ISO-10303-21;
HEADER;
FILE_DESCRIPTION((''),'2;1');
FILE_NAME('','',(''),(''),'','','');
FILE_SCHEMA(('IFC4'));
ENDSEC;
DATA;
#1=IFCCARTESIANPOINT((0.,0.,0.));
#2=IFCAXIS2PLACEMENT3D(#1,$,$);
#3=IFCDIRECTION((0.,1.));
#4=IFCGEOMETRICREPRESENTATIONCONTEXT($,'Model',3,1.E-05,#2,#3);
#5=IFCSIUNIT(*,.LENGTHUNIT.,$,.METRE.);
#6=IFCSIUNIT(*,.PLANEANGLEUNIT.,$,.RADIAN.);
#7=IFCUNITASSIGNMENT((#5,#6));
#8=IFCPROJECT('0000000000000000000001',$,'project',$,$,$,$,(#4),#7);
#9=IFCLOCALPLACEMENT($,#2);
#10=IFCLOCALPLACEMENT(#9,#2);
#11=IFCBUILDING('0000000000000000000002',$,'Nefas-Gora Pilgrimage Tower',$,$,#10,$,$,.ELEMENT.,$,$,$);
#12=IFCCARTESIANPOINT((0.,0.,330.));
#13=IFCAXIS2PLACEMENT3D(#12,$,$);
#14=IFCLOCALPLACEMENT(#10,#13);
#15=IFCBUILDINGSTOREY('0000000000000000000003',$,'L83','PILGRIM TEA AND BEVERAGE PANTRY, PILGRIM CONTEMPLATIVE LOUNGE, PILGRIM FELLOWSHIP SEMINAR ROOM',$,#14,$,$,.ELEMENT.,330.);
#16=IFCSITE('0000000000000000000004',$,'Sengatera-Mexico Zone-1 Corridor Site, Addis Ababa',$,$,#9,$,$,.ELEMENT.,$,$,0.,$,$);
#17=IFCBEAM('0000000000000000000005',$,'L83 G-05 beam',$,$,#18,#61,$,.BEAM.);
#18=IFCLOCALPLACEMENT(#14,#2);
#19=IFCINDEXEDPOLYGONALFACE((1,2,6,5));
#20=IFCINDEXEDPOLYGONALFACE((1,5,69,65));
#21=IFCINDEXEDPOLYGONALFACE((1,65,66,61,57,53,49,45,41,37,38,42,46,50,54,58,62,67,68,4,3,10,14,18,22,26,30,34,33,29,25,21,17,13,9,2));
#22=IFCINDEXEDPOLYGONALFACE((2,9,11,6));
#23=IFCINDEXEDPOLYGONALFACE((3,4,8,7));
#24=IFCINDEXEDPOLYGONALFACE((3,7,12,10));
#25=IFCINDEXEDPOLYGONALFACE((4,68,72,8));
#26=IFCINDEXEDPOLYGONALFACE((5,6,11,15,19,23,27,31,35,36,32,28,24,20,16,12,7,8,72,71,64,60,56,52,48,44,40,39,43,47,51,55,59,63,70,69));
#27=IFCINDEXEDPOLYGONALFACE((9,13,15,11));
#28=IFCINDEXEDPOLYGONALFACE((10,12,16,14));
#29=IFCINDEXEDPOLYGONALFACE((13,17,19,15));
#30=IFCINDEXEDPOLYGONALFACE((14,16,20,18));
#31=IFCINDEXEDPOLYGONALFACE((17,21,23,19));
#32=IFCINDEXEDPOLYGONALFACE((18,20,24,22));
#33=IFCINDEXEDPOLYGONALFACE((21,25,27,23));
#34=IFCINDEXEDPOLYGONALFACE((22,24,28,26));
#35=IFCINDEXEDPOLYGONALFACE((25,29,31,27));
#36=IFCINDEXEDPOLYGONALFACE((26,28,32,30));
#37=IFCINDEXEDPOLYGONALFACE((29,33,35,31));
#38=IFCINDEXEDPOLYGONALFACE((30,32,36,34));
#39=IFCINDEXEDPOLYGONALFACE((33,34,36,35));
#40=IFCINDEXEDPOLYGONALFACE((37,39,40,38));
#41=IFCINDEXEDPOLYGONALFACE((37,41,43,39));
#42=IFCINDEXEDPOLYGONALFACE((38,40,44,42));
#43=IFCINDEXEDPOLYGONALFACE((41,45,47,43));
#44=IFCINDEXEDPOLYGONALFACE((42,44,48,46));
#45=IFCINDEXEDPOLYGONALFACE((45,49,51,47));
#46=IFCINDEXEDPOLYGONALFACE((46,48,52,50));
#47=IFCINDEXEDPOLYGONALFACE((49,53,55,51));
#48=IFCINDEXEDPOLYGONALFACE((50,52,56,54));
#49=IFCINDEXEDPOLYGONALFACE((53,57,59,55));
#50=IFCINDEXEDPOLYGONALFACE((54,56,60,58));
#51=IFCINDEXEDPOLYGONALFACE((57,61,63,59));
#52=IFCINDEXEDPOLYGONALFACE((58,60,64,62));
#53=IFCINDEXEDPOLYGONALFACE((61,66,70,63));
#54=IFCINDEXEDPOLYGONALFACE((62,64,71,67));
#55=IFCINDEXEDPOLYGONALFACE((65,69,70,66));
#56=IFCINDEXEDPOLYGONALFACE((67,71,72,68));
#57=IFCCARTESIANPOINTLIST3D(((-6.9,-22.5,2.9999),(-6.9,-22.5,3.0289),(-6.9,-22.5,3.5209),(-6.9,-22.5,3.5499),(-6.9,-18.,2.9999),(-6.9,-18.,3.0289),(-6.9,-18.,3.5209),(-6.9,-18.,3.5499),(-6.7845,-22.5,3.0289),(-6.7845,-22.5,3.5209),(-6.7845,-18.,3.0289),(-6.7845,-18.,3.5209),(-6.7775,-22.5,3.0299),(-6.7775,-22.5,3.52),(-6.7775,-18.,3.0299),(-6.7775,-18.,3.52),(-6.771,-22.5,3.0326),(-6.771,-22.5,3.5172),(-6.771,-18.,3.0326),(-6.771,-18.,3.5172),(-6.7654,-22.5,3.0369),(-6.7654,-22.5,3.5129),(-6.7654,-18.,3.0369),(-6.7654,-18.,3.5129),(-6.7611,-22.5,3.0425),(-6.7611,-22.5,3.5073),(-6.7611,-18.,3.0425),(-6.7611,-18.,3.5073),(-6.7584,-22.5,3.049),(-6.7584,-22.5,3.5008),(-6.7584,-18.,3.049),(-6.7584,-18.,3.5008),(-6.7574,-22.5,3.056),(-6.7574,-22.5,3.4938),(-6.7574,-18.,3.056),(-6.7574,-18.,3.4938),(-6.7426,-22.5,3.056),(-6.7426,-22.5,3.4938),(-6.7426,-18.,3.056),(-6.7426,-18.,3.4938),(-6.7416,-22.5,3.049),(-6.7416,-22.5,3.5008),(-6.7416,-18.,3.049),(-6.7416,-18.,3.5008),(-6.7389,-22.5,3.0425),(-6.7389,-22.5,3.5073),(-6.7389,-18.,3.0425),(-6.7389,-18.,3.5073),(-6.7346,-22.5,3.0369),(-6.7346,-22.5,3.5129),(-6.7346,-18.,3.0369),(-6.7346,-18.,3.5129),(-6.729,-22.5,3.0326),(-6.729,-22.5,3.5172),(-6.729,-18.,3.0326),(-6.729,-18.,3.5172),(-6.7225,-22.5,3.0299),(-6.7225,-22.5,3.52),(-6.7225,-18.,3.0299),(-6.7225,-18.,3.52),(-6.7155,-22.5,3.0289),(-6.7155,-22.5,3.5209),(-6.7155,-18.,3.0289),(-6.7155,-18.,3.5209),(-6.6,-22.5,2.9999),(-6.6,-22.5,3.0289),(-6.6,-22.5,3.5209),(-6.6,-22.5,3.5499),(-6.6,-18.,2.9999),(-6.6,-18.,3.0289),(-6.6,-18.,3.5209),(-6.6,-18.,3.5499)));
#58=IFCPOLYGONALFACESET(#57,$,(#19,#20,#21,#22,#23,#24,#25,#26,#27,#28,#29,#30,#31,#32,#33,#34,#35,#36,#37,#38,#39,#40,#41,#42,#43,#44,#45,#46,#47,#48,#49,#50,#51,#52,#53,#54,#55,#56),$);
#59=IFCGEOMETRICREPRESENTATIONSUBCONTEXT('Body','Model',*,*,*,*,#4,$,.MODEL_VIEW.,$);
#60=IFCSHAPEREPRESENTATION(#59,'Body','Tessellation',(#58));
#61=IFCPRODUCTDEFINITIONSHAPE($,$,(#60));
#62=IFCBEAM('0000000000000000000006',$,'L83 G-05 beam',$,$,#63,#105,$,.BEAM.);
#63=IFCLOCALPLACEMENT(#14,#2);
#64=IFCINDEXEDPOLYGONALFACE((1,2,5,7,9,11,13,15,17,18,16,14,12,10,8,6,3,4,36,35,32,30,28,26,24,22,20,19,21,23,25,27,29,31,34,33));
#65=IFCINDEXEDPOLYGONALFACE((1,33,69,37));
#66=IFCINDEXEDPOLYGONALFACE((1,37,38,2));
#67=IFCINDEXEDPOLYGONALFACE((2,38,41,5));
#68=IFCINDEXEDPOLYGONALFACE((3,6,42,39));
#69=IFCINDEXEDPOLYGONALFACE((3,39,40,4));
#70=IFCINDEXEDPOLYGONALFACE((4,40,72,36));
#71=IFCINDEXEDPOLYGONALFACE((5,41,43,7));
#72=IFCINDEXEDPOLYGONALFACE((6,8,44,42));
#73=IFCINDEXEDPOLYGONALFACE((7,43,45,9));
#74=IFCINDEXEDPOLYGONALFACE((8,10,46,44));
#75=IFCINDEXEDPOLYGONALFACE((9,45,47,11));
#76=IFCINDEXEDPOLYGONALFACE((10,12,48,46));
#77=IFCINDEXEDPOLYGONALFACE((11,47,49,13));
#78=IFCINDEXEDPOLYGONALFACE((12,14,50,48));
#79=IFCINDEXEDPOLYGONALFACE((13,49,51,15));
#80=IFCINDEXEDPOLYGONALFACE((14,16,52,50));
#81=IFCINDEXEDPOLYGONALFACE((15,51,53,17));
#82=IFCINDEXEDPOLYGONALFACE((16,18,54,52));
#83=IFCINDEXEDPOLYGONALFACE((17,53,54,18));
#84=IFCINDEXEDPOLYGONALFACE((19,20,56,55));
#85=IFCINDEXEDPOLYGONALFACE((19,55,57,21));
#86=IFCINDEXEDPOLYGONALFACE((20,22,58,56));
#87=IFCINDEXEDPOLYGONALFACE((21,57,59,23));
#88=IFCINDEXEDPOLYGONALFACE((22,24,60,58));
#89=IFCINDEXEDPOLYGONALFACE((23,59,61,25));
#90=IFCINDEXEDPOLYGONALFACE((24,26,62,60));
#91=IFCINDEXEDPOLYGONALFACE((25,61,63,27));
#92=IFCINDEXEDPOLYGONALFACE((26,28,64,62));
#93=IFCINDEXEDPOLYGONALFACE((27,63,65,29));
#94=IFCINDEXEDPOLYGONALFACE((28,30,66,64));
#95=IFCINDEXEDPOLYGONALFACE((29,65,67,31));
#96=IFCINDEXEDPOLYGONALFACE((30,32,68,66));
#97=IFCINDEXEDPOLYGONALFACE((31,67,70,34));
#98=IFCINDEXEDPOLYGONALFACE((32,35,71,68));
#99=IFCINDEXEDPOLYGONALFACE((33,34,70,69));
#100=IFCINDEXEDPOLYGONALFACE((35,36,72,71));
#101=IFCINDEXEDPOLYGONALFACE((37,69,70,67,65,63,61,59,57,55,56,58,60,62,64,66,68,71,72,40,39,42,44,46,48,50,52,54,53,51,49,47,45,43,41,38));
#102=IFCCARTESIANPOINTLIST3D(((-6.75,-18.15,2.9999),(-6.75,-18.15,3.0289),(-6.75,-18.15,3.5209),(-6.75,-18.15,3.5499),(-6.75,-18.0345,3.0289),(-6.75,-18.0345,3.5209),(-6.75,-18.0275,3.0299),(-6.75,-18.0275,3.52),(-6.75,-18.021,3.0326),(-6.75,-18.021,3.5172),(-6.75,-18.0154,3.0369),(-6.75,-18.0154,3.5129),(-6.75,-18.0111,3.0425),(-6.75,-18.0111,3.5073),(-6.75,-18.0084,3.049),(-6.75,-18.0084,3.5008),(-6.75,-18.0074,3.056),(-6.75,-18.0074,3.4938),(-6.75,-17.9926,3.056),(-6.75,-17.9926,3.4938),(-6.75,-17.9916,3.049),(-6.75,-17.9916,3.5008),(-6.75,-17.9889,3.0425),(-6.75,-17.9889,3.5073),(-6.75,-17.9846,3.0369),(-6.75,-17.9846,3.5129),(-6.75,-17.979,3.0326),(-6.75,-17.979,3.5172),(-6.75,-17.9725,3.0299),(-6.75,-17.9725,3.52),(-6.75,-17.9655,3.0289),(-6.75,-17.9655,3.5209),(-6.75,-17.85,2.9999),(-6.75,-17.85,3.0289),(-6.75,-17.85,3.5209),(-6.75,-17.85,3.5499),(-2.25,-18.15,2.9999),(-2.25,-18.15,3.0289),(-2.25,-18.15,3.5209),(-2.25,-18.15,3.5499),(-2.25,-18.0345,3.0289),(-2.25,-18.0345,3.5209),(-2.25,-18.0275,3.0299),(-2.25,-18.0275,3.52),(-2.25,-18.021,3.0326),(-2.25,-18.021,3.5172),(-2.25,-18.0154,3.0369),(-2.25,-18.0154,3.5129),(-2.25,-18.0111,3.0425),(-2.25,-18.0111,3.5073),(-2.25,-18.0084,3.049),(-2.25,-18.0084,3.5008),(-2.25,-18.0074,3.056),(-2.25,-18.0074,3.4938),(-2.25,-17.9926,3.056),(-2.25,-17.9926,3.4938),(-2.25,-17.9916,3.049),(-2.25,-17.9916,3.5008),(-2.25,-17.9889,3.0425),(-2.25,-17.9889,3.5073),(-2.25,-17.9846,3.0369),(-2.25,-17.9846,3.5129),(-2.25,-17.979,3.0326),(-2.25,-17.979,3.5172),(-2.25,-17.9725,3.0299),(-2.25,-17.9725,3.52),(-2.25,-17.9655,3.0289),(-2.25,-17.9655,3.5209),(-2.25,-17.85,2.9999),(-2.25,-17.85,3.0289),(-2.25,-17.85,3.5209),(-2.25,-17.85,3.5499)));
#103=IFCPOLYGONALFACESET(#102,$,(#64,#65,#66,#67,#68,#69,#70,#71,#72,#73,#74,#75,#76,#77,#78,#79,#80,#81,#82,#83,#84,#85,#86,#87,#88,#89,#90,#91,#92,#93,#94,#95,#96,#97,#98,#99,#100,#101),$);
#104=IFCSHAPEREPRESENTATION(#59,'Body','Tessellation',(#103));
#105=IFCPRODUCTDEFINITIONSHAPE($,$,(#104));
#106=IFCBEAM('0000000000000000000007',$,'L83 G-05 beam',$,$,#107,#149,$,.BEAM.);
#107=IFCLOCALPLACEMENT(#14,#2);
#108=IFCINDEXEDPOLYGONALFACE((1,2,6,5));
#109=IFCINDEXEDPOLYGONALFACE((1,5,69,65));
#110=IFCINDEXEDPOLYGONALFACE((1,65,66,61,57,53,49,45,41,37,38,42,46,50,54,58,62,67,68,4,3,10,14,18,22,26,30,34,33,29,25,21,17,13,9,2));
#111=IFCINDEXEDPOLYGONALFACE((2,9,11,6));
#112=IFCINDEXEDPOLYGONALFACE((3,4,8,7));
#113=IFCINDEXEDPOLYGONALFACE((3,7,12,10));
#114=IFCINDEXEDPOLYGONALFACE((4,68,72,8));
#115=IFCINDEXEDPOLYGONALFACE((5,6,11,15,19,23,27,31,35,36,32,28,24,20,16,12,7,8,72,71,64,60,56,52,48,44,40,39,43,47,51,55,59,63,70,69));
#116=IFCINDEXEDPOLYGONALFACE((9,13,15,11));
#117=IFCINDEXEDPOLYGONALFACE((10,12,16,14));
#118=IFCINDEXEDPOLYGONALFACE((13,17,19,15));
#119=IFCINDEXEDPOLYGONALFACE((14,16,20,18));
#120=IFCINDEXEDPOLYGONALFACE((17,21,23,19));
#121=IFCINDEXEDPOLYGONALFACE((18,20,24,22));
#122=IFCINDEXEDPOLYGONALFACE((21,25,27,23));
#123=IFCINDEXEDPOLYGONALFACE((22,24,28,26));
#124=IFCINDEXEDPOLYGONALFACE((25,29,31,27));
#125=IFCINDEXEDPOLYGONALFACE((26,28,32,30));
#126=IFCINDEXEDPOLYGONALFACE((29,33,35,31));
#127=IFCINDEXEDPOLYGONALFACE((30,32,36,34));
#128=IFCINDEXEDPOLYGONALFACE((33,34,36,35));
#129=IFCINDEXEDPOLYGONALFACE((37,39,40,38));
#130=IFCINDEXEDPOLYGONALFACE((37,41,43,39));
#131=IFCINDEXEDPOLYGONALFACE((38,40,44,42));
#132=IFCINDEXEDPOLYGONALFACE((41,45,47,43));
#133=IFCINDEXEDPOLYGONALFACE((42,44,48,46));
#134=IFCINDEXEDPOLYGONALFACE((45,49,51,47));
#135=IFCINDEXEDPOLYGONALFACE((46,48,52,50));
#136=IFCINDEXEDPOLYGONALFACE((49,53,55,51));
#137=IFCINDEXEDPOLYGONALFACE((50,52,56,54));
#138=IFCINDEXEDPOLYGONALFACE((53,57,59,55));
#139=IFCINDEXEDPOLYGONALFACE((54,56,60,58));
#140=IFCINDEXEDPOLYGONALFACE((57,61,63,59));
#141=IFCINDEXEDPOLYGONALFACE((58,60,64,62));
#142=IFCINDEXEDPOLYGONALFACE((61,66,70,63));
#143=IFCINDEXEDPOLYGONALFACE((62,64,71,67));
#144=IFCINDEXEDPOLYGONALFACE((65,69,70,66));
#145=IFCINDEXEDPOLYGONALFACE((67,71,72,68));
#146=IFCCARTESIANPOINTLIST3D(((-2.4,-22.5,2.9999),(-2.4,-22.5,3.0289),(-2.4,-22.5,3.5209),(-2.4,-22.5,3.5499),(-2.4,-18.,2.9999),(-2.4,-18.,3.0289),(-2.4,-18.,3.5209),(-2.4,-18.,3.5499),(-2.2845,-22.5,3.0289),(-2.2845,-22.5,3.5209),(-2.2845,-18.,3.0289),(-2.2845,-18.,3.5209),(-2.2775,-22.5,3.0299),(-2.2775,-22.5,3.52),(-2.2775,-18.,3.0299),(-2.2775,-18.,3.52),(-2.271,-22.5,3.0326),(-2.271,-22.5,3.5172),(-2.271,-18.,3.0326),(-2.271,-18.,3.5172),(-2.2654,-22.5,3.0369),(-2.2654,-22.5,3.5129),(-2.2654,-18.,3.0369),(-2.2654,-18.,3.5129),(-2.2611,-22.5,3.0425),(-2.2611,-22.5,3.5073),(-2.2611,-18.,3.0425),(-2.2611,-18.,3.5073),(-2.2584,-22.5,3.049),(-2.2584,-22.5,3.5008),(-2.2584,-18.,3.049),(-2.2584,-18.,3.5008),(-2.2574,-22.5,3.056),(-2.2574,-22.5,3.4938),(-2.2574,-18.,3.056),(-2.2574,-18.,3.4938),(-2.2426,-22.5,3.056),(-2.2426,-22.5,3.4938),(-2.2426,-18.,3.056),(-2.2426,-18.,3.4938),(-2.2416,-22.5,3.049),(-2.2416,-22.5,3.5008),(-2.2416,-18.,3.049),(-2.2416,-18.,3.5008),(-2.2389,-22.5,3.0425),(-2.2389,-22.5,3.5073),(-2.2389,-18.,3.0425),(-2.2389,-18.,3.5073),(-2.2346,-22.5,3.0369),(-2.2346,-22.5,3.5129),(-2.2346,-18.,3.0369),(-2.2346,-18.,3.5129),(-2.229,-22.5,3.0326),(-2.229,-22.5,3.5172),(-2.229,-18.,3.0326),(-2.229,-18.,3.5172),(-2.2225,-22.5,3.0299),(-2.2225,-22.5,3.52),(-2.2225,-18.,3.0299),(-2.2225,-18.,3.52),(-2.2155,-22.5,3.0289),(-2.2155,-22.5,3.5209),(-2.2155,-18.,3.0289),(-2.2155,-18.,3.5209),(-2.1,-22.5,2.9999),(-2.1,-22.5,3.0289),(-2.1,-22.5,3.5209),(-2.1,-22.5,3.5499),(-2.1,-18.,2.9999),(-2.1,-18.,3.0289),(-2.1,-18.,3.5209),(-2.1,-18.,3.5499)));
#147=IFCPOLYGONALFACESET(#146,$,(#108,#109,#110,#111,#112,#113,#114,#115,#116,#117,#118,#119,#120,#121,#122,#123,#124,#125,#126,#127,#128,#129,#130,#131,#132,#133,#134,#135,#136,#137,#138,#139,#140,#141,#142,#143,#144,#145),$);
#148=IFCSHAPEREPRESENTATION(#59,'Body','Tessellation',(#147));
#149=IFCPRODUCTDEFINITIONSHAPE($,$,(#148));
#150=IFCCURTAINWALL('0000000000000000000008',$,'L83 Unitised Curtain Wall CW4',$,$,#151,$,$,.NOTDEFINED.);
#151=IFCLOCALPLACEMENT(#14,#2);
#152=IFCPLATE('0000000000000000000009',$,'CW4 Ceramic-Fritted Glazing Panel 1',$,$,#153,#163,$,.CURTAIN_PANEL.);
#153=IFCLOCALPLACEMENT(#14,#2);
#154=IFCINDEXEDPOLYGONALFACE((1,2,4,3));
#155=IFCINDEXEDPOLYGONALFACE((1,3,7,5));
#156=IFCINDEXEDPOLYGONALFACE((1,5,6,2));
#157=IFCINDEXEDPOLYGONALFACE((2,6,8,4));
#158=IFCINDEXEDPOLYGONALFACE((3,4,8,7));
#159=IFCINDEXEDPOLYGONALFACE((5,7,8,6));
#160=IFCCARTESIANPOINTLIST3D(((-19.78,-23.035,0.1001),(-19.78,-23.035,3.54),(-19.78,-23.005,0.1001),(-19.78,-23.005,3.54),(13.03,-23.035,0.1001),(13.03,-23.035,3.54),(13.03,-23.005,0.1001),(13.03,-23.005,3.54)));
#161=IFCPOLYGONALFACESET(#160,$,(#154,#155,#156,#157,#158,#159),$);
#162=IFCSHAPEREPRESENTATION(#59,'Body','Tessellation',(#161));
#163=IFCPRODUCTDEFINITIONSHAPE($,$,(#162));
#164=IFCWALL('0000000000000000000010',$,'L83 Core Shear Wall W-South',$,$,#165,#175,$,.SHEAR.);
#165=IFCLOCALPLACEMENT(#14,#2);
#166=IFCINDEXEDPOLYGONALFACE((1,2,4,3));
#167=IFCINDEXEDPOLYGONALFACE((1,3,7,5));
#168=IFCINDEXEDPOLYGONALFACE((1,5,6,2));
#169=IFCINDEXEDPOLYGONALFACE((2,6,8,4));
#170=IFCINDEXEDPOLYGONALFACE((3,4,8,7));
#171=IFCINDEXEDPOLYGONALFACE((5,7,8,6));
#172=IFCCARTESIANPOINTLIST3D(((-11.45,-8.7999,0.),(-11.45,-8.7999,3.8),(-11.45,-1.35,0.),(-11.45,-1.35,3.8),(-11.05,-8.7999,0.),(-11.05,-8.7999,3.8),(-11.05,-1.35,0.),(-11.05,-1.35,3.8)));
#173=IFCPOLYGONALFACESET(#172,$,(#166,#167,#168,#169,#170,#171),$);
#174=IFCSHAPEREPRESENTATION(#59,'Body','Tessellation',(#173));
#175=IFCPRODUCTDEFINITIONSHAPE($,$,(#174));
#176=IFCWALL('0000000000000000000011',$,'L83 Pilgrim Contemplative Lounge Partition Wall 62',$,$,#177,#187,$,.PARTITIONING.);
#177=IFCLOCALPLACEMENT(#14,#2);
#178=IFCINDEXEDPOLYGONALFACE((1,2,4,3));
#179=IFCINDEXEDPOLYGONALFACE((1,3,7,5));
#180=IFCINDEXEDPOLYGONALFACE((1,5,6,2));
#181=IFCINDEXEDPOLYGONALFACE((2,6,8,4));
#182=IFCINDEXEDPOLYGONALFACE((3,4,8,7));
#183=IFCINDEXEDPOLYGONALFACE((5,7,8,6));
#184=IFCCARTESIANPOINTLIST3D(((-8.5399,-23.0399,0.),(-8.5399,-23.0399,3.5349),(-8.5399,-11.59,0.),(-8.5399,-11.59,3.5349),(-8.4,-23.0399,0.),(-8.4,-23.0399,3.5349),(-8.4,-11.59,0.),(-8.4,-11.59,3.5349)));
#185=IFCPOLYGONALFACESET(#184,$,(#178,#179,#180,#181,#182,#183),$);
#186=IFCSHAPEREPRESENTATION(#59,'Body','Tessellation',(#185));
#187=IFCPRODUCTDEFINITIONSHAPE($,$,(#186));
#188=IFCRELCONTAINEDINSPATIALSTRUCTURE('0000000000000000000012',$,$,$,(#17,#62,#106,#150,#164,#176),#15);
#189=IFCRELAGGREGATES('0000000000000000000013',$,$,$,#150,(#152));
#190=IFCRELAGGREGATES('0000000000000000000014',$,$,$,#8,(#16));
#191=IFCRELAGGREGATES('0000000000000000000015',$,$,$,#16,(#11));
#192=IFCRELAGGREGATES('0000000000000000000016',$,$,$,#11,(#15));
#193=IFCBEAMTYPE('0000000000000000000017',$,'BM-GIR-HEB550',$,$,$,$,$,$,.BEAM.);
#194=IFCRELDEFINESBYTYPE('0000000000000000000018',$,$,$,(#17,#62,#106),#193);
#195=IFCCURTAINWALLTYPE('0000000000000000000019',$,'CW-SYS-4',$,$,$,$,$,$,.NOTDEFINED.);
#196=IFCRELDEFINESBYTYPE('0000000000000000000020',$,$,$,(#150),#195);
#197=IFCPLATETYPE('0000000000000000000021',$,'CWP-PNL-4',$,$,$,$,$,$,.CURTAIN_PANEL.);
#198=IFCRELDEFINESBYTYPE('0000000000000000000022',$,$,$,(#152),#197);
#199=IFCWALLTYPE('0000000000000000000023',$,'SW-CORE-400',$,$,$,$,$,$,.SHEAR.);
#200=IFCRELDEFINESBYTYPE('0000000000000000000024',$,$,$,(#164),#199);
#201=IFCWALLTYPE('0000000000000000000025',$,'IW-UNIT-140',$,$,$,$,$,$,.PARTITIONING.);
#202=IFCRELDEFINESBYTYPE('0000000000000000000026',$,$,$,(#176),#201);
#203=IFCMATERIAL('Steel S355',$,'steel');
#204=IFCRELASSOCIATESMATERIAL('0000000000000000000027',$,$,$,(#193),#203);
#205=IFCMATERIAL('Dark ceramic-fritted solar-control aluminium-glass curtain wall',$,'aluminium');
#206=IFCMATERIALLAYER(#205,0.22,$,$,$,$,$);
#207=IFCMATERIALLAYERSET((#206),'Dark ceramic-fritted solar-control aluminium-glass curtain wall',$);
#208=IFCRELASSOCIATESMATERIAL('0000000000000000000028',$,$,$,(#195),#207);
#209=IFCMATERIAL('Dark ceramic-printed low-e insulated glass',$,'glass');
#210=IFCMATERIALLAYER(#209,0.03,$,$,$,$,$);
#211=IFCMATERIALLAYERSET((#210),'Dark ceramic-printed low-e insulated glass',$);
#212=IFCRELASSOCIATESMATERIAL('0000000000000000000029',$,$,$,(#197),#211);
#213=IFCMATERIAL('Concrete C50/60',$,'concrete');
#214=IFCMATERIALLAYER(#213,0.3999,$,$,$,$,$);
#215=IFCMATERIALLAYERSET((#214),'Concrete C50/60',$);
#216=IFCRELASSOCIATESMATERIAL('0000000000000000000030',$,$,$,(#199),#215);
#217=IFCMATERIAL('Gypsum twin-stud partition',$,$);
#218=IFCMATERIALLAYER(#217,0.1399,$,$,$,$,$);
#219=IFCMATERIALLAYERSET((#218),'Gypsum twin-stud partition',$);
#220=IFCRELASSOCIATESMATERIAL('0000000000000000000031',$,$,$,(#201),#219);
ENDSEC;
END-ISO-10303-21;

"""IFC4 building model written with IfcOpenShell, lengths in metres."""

from ifc_helpers import new_model, si_unit, direction, frame, frame_2d, origin, origin_2d, place, context, subcontext, project, spatial, rectangle, i_section, extrude, source, transform, mapped, material, layer, layer_set, material_profile, profile_set, type_object, element, aggregate, save


model = new_model("IFC4")

# Units and contexts
model_context = context("Model", 3, precision=1e-05, world=origin(), true_north=direction((0.0, 1.0)))
body_context = subcontext(model_context, "Body", "Model", "MODEL_VIEW")
ifc_project = project(units=[si_unit("LENGTHUNIT", "METRE"), si_unit("PLANEANGLEUNIT", "RADIAN")], contexts=[model_context])

# Site, building, storey
site_placement = place(None, origin())
site = spatial("IfcSite", under=ifc_project, at=site_placement, Name="Sengatera-Mexico Zone-1 Corridor Site, Addis Ababa", CompositionType="ELEMENT", RefElevation=0.0)
building_placement = place(site_placement, origin())
building = spatial("IfcBuilding", under=site, at=building_placement, Name="Nefas-Gora Pilgrimage Tower", CompositionType="ELEMENT")
storey_placement = place(building_placement, frame((0.0, 0.0, 330.0)))
storey = spatial("IfcBuildingStorey", under=building, at=storey_placement, Name="L83", Description="PILGRIM TEA AND BEVERAGE PANTRY, PILGRIM CONTEMPLATIVE LOUNGE, PILGRIM FELLOWSHIP SEMINAR ROOM", CompositionType="ELEMENT", Elevation=330.0)

# Shared definitions
ifc_material_1 = material(Name="Steel S355", Category="steel")
ifc_material_2 = material(Name="Concrete C50/60", Category="concrete")

# Beams
ifc_material_profile_1 = material_profile(ifc_material_1, i_section(OverallWidth=0.3, OverallDepth=0.55, WebThickness=0.0149, FlangeThickness=0.0291, FilletRadius=0.0271, at=origin_2d()), Name="HEB 550")
ifc_profile_set_1 = profile_set([ifc_material_profile_1], Name="Steel S355")
beam_type_1 = type_object("IfcBeamType", Name="BM-GIR-HEB550", PredefinedType="BEAM", material=ifc_profile_set_1)
shared_shape_1 = source(origin(), body_context, "Body", "SweptSolid", [
    extrude(i_section(OverallWidth=0.3, OverallDepth=0.55, WebThickness=0.0149, FlangeThickness=0.0291, FilletRadius=0.0271, at=origin_2d()), origin(), (0.0, 0.0, 1.0), 4.5),
])
for number, where, z_axis, x_axis, name in (
    (1, (-6.75, -22.5, 3.2749), (0.0, 1.0, 0.0), (-1.0, 0.0, 0.0), "L83 G-05 beam"),
    (2, (-6.75, -18.0, 3.2749), (1.0, 0.0, 0.0), (0.0, 1.0, 0.0), "L83 G-05 beam"),
    (3, (-2.25, -22.5, 3.2749), (0.0, 1.0, 0.0), (-1.0, 0.0, 0.0), "L83 G-05 beam"),
):
    element("IfcBeam", number, at=place(storey_placement, frame(where, z_axis=z_axis, x_axis=x_axis)), inside=storey, type_object=beam_type_1, Name=name, PredefinedType="BEAM", context=body_context, shape_type="MappedRepresentation", body=[
        mapped(shared_shape_1, transform((0.0, 0.0, 0.0), x_axis=(1.0, 0.0, 0.0), y_axis=(0.0, 1.0, 0.0), z_axis=(0.0, 0.0, 1.0), scale=1.0)),
    ])

# Curtain wall, plate
ifc_material_3 = material(Name="Dark ceramic-fritted solar-control aluminium-glass curtain wall", Category="aluminium")
ifc_layer_1 = layer(ifc_material_3, 0.22)
ifc_layer_set_1 = layer_set([ifc_layer_1], Name="Dark ceramic-fritted solar-control aluminium-glass curtain wall")
curtain_wall_type = type_object("IfcCurtainWallType", Name="CW-SYS-4", PredefinedType="NOTDEFINED", material=ifc_layer_set_1)
curtain_wall_placement = place(storey_placement, origin())
curtain_wall = element("IfcCurtainWall", 4, at=curtain_wall_placement, inside=storey, type_object=curtain_wall_type, Name="L83 Unitised Curtain Wall CW4", PredefinedType="NOTDEFINED")
ifc_material_4 = material(Name="Dark ceramic-printed low-e insulated glass", Category="glass")
ifc_layer_2 = layer(ifc_material_4, 0.03)
ifc_layer_set_2 = layer_set([ifc_layer_2], Name="Dark ceramic-printed low-e insulated glass")
plate_type = type_object("IfcPlateType", Name="CWP-PNL-4", PredefinedType="CURTAIN_PANEL", material=ifc_layer_set_2)
shared_shape_2 = source(origin(), body_context, "Body", "SweptSolid", [
    extrude(rectangle(XDim=32.8101, YDim=0.03, at=origin_2d()), origin(), (0.0, 0.0, 1.0), 3.4399),
])
plate_placement = place(storey_placement, frame((-3.375, -23.02, 0.1001), z_axis=(0.0, 0.0, 1.0), x_axis=(1.0, 0.0, 0.0)))
plate = element("IfcPlate", 5, at=plate_placement, type_object=plate_type, Name="CW4 Ceramic-Fritted Glazing Panel 1", PredefinedType="CURTAIN_PANEL", context=body_context, shape_type="MappedRepresentation", body=[
    mapped(shared_shape_2, transform((0.0, 0.0, 0.0), x_axis=(1.0, 0.0, 0.0), y_axis=(0.0, 1.0, 0.0), z_axis=(0.0, 0.0, 1.0), scale=1.0)),
])
aggregate(curtain_wall, [plate])

# Walls
ifc_layer_3 = layer(ifc_material_2, 0.3999)
ifc_layer_set_3 = layer_set([ifc_layer_3], Name="Concrete C50/60")
wall_type_1 = type_object("IfcWallType", Name="SW-CORE-400", PredefinedType="SHEAR", material=ifc_layer_set_3)
shared_shape_3 = source(origin(), body_context, "Body", "SweptSolid", [
    extrude(rectangle(XDim=7.45, YDim=0.3999, at=frame_2d((3.7251, 0.0))), origin(), (0.0, 0.0, 1.0), 3.8),
])
wall_1_placement = place(storey_placement, frame((-11.25, -8.8, 0.0), z_axis=(0.0, 0.0, 1.0), x_axis=(0.0, 1.0, 0.0)))
element("IfcWall", 6, at=wall_1_placement, inside=storey, type_object=wall_type_1, Name="L83 Core Shear Wall W-South", PredefinedType="SHEAR", context=body_context, shape_type="MappedRepresentation", body=[
    mapped(shared_shape_3, transform((0.0, 0.0, 0.0), x_axis=(1.0, 0.0, 0.0), y_axis=(0.0, 1.0, 0.0), z_axis=(0.0, 0.0, 1.0), scale=1.0)),
])
ifc_material_5 = material(Name="Gypsum twin-stud partition")
ifc_layer_4 = layer(ifc_material_5, 0.1399)
ifc_layer_set_4 = layer_set([ifc_layer_4], Name="Gypsum twin-stud partition")
wall_type_2 = type_object("IfcWallType", Name="IW-UNIT-140", PredefinedType="PARTITIONING", material=ifc_layer_set_4)
shared_shape_4 = source(origin(), body_context, "Body", "SweptSolid", [
    extrude(rectangle(XDim=11.45, YDim=0.1399, at=frame_2d((5.7251, 0.0))), origin(), (0.0, 0.0, 1.0), 3.5349),
])
for number, where, z_axis, x_axis, name in (
    (7, (-8.47, -23.04, 0.0), (0.0, 0.0, 1.0), (0.0, 1.0, 0.0), "L83 Pilgrim Contemplative Lounge Partition Wall 62"),
):
    element("IfcWall", number, at=place(storey_placement, frame(where, z_axis=z_axis, x_axis=x_axis)), inside=storey, type_object=wall_type_2, Name=name, PredefinedType="PARTITIONING", context=body_context, shape_type="MappedRepresentation", body=[
        mapped(shared_shape_4, transform((0.0, 0.0, 0.0), x_axis=(1.0, 0.0, 0.0), y_axis=(0.0, 1.0, 0.0), z_axis=(0.0, 0.0, 1.0), scale=1.0)),
    ])

save(model, "model.ifc")
